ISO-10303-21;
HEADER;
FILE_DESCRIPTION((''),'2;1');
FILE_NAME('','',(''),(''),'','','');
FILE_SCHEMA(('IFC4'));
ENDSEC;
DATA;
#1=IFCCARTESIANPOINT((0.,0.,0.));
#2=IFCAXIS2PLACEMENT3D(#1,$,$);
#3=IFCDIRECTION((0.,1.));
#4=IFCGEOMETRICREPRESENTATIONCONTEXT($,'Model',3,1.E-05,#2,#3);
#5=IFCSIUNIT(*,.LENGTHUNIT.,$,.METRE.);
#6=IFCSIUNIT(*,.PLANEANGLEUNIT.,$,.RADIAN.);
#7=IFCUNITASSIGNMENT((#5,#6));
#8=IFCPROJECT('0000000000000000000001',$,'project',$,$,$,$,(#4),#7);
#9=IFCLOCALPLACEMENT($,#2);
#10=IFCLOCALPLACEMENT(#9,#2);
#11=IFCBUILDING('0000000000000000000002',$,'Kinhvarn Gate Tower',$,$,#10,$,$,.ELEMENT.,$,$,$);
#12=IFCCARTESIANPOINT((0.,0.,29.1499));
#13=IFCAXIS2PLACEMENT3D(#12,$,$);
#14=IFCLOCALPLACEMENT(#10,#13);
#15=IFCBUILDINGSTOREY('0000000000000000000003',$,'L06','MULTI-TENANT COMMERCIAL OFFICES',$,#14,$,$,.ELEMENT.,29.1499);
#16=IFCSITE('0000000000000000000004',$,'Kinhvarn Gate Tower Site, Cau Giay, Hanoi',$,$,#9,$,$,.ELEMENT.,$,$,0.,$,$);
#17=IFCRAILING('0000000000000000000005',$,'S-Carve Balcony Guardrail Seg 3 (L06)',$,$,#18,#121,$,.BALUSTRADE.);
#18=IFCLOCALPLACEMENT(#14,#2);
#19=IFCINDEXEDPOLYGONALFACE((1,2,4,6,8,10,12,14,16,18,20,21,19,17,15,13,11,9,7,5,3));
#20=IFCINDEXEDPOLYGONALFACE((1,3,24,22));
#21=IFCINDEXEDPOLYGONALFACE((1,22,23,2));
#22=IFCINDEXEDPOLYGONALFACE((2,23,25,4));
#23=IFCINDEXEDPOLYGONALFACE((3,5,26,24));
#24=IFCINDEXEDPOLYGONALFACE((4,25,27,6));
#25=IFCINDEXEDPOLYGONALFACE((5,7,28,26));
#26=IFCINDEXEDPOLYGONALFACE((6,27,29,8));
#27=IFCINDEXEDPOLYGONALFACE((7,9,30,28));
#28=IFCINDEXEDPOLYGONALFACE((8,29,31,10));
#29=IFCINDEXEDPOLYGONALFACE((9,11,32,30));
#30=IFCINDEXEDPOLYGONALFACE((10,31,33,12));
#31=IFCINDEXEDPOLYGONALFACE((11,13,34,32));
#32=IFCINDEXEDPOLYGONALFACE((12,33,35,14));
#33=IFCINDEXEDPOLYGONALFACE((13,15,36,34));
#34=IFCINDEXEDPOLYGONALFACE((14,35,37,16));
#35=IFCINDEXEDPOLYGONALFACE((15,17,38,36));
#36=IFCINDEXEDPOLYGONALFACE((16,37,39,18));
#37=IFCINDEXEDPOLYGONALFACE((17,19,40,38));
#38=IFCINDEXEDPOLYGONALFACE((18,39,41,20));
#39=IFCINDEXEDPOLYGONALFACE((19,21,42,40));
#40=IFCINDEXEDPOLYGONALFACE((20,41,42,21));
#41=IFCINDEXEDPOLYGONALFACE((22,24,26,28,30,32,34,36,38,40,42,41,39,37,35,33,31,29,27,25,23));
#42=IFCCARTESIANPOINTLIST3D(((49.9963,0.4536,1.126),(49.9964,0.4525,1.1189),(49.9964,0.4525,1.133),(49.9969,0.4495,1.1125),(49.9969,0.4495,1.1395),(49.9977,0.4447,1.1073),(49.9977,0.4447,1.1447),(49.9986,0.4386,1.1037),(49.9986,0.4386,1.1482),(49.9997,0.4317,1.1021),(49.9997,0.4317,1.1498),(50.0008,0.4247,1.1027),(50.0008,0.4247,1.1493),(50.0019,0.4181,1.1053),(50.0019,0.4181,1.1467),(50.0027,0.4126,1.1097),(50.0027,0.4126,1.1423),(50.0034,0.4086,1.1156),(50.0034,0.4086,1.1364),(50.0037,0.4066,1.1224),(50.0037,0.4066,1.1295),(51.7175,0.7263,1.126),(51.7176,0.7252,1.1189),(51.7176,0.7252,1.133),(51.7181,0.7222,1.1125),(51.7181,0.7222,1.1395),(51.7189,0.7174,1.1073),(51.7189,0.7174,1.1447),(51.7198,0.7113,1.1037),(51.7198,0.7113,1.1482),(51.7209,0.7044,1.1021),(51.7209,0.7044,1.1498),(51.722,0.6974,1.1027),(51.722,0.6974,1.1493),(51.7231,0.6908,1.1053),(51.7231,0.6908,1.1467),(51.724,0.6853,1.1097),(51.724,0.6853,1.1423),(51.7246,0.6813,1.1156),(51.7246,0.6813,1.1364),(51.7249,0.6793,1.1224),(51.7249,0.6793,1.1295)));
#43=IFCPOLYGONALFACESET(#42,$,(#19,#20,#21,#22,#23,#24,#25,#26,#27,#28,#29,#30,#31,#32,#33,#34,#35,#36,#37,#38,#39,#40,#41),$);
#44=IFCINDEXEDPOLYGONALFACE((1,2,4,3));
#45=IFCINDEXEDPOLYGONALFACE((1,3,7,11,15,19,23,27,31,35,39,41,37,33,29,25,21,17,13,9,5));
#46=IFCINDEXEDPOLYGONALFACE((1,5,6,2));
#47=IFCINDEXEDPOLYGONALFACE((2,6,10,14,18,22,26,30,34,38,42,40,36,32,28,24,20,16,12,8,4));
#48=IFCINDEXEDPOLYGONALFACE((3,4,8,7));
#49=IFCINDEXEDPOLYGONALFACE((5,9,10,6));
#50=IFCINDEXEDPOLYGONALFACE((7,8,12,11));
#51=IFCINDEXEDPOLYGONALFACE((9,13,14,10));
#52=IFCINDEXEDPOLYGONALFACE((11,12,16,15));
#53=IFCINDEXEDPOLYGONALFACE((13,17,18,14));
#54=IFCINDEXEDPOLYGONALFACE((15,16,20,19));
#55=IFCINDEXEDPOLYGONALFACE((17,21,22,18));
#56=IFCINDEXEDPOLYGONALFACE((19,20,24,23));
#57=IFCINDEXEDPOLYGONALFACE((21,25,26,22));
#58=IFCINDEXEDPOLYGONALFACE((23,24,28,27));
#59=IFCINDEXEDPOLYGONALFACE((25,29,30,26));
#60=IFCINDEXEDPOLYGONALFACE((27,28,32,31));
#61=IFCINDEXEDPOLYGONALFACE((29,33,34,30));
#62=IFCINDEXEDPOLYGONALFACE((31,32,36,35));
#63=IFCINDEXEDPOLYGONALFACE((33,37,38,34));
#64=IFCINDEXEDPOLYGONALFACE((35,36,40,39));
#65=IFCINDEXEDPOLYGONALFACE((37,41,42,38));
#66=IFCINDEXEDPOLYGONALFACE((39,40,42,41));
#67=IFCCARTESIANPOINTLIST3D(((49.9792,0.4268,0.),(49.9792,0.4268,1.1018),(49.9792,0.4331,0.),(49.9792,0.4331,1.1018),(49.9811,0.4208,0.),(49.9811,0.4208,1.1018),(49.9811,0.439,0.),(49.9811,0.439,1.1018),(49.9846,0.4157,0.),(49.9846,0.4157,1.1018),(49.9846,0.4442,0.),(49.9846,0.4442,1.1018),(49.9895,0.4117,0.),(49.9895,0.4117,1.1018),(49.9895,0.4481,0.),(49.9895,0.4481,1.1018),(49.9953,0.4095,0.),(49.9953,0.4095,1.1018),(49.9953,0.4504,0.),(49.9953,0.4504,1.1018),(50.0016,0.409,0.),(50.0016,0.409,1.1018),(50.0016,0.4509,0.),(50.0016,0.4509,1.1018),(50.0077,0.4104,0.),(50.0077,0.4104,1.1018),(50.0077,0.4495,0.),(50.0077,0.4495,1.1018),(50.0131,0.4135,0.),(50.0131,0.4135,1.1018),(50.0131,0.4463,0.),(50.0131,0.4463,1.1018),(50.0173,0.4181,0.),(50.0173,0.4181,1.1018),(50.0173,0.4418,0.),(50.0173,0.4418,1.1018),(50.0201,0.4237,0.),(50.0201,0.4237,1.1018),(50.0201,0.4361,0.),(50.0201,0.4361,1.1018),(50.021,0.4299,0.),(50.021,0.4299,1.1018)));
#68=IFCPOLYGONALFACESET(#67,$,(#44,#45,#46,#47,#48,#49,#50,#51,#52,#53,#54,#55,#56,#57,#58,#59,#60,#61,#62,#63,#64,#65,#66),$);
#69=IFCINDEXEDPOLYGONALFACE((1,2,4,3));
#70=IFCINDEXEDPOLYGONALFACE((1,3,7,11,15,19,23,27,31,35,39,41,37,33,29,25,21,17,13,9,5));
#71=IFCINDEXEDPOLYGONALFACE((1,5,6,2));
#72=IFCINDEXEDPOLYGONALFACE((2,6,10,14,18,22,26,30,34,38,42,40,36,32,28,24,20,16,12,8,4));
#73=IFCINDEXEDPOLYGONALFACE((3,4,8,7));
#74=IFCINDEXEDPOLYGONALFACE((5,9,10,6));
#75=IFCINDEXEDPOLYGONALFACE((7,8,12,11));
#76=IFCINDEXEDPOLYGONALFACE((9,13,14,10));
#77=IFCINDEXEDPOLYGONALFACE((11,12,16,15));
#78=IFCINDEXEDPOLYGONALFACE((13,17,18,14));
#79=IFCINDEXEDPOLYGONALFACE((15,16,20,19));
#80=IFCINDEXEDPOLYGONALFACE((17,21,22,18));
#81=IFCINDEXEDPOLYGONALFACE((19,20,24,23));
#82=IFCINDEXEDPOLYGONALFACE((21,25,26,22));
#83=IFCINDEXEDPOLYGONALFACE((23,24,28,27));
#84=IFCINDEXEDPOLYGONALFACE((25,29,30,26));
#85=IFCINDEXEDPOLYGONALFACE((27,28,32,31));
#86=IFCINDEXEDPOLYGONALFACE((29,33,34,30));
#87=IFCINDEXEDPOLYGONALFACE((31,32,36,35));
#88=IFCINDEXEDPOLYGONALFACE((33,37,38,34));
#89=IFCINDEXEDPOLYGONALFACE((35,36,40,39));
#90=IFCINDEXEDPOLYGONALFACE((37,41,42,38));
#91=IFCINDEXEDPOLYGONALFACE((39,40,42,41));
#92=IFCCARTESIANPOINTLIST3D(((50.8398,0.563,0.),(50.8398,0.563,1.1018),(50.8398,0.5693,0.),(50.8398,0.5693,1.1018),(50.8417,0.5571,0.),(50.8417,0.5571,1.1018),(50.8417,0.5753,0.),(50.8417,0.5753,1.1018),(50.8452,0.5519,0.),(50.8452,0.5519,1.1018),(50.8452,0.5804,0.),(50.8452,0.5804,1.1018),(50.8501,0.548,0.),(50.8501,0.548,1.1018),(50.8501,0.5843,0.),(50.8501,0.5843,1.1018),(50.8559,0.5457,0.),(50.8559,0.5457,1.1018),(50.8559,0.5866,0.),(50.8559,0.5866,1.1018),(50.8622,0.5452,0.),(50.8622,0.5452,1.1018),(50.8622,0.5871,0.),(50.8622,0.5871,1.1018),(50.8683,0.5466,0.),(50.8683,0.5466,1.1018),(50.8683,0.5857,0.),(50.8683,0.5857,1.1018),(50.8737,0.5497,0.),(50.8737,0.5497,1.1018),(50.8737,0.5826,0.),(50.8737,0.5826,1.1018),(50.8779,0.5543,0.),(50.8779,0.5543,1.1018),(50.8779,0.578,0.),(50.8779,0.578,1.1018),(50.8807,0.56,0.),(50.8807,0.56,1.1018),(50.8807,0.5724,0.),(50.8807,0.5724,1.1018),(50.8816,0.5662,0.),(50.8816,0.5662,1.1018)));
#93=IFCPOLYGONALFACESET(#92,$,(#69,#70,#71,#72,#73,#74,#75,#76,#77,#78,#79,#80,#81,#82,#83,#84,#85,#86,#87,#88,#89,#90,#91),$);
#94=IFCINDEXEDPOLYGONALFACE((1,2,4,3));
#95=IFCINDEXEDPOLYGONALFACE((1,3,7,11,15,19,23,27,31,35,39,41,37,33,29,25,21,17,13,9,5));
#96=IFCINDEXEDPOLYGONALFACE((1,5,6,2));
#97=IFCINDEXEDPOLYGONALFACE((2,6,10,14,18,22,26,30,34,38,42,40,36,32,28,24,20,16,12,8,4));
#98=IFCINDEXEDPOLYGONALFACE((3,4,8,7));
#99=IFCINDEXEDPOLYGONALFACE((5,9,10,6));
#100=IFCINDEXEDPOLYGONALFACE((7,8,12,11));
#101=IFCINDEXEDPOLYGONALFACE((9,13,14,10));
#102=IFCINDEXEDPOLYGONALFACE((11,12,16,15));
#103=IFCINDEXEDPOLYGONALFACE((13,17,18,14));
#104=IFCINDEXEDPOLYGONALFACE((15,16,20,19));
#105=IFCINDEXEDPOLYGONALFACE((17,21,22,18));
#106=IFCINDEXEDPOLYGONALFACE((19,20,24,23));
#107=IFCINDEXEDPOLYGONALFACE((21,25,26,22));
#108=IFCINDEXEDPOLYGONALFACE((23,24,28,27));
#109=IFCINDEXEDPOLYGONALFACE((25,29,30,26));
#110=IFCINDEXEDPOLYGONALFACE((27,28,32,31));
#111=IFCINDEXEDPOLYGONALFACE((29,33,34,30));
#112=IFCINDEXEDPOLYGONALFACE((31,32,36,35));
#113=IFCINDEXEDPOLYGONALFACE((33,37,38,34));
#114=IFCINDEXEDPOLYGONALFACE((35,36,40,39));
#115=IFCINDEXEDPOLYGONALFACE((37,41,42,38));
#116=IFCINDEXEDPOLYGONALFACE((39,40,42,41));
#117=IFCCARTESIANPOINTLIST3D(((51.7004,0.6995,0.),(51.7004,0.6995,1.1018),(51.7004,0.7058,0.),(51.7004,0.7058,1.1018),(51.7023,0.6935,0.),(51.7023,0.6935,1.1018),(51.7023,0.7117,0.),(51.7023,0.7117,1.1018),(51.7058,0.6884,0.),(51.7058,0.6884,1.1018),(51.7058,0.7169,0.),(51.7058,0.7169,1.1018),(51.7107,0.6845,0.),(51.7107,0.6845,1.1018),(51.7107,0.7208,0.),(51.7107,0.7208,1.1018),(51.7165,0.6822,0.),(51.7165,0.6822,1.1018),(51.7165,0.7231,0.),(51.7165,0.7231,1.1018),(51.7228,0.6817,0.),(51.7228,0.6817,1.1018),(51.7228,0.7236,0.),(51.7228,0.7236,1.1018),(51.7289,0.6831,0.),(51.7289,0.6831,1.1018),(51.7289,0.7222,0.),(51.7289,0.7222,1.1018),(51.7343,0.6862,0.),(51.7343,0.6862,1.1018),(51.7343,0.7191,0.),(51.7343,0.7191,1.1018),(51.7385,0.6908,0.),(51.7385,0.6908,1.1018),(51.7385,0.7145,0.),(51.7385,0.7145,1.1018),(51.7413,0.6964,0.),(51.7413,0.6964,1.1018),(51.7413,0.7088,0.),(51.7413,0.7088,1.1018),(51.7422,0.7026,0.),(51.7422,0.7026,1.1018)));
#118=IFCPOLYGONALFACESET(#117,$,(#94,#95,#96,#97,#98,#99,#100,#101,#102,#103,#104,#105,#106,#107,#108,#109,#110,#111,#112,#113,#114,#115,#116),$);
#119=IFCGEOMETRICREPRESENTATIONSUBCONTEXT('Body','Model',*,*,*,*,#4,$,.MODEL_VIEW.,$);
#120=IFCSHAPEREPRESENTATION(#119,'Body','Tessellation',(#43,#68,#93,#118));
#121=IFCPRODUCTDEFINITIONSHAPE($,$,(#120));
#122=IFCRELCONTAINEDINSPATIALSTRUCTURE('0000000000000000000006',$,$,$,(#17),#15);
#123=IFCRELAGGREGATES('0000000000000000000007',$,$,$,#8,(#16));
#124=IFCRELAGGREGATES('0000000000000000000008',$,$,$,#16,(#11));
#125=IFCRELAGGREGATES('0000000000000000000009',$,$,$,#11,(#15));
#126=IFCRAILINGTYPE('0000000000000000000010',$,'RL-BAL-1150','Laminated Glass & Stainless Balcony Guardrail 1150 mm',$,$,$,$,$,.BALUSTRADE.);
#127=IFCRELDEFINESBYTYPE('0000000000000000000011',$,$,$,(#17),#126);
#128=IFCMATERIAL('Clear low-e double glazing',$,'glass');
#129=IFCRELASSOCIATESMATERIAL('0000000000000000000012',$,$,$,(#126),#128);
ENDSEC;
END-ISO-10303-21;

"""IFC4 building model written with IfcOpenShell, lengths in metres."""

from ifc_helpers import new_model, si_unit, direction, frame, origin, origin_2d, place, context, subcontext, project, spatial, circle, extrude, material, type_object, element, save


model = new_model("IFC4")

# Units and contexts
model_context = context("Model", 3, precision=1e-05, world=origin(), true_north=direction((0.0, 1.0)))
body_context = subcontext(model_context, "Body", "Model", "MODEL_VIEW")
ifc_project = project(units=[si_unit("LENGTHUNIT", "METRE"), si_unit("PLANEANGLEUNIT", "RADIAN")], contexts=[model_context])

# Site, building, storey
site_placement = place(None, origin())
site = spatial("IfcSite", under=ifc_project, at=site_placement, Name="Kinhvarn Gate Tower Site, Cau Giay, Hanoi", CompositionType="ELEMENT", RefElevation=0.0)
building_placement = place(site_placement, origin())
building = spatial("IfcBuilding", under=site, at=building_placement, Name="Kinhvarn Gate Tower", CompositionType="ELEMENT")
storey_placement = place(building_placement, frame((0.0, 0.0, 29.1499)))
storey = spatial("IfcBuildingStorey", under=building, at=storey_placement, Name="L06", Description="MULTI-TENANT COMMERCIAL OFFICES", CompositionType="ELEMENT", Elevation=29.1499)

# Shared definitions
ifc_material_1 = material(Name="Clear low-e double glazing", Category="glass")

# Railing
railing_type = type_object("IfcRailingType", Name="RL-BAL-1150", Description="Laminated Glass & Stainless Balcony Guardrail 1150 mm", PredefinedType="BALUSTRADE", material=ifc_material_1)
railing_1_placement = place(storey_placement, frame((50.0, 0.4299, 0.0)))
element("IfcRailing", 1, at=railing_1_placement, inside=storey, type_object=railing_type, Name="S-Carve Balcony Guardrail Seg 3 (L06)", PredefinedType="BALUSTRADE", context=body_context, shape_type="SweptSolid", body=[
    extrude(circle(Radius=0.0239, at=origin_2d()), frame((0.0, 0.0, 1.126), z_axis=(0.98768, 0.156488, 0.0), x_axis=(-0.156488, 0.98768, 0.0)), (0.0, 0.0, 1.0), 1.7427),
    extrude(circle(Radius=0.021, at=origin_2d()), origin(), (0.0, 0.0, 1.0), 1.1018),
    extrude(circle(Radius=0.021, at=origin_2d()), frame((0.8606, 0.1362, 0.0)), (0.0, 0.0, 1.0), 1.1018),
    extrude(circle(Radius=0.021, at=origin_2d()), frame((1.7212, 0.2727, 0.0)), (0.0, 0.0, 1.0), 1.1018),
])

save(model, "model.ifc")
